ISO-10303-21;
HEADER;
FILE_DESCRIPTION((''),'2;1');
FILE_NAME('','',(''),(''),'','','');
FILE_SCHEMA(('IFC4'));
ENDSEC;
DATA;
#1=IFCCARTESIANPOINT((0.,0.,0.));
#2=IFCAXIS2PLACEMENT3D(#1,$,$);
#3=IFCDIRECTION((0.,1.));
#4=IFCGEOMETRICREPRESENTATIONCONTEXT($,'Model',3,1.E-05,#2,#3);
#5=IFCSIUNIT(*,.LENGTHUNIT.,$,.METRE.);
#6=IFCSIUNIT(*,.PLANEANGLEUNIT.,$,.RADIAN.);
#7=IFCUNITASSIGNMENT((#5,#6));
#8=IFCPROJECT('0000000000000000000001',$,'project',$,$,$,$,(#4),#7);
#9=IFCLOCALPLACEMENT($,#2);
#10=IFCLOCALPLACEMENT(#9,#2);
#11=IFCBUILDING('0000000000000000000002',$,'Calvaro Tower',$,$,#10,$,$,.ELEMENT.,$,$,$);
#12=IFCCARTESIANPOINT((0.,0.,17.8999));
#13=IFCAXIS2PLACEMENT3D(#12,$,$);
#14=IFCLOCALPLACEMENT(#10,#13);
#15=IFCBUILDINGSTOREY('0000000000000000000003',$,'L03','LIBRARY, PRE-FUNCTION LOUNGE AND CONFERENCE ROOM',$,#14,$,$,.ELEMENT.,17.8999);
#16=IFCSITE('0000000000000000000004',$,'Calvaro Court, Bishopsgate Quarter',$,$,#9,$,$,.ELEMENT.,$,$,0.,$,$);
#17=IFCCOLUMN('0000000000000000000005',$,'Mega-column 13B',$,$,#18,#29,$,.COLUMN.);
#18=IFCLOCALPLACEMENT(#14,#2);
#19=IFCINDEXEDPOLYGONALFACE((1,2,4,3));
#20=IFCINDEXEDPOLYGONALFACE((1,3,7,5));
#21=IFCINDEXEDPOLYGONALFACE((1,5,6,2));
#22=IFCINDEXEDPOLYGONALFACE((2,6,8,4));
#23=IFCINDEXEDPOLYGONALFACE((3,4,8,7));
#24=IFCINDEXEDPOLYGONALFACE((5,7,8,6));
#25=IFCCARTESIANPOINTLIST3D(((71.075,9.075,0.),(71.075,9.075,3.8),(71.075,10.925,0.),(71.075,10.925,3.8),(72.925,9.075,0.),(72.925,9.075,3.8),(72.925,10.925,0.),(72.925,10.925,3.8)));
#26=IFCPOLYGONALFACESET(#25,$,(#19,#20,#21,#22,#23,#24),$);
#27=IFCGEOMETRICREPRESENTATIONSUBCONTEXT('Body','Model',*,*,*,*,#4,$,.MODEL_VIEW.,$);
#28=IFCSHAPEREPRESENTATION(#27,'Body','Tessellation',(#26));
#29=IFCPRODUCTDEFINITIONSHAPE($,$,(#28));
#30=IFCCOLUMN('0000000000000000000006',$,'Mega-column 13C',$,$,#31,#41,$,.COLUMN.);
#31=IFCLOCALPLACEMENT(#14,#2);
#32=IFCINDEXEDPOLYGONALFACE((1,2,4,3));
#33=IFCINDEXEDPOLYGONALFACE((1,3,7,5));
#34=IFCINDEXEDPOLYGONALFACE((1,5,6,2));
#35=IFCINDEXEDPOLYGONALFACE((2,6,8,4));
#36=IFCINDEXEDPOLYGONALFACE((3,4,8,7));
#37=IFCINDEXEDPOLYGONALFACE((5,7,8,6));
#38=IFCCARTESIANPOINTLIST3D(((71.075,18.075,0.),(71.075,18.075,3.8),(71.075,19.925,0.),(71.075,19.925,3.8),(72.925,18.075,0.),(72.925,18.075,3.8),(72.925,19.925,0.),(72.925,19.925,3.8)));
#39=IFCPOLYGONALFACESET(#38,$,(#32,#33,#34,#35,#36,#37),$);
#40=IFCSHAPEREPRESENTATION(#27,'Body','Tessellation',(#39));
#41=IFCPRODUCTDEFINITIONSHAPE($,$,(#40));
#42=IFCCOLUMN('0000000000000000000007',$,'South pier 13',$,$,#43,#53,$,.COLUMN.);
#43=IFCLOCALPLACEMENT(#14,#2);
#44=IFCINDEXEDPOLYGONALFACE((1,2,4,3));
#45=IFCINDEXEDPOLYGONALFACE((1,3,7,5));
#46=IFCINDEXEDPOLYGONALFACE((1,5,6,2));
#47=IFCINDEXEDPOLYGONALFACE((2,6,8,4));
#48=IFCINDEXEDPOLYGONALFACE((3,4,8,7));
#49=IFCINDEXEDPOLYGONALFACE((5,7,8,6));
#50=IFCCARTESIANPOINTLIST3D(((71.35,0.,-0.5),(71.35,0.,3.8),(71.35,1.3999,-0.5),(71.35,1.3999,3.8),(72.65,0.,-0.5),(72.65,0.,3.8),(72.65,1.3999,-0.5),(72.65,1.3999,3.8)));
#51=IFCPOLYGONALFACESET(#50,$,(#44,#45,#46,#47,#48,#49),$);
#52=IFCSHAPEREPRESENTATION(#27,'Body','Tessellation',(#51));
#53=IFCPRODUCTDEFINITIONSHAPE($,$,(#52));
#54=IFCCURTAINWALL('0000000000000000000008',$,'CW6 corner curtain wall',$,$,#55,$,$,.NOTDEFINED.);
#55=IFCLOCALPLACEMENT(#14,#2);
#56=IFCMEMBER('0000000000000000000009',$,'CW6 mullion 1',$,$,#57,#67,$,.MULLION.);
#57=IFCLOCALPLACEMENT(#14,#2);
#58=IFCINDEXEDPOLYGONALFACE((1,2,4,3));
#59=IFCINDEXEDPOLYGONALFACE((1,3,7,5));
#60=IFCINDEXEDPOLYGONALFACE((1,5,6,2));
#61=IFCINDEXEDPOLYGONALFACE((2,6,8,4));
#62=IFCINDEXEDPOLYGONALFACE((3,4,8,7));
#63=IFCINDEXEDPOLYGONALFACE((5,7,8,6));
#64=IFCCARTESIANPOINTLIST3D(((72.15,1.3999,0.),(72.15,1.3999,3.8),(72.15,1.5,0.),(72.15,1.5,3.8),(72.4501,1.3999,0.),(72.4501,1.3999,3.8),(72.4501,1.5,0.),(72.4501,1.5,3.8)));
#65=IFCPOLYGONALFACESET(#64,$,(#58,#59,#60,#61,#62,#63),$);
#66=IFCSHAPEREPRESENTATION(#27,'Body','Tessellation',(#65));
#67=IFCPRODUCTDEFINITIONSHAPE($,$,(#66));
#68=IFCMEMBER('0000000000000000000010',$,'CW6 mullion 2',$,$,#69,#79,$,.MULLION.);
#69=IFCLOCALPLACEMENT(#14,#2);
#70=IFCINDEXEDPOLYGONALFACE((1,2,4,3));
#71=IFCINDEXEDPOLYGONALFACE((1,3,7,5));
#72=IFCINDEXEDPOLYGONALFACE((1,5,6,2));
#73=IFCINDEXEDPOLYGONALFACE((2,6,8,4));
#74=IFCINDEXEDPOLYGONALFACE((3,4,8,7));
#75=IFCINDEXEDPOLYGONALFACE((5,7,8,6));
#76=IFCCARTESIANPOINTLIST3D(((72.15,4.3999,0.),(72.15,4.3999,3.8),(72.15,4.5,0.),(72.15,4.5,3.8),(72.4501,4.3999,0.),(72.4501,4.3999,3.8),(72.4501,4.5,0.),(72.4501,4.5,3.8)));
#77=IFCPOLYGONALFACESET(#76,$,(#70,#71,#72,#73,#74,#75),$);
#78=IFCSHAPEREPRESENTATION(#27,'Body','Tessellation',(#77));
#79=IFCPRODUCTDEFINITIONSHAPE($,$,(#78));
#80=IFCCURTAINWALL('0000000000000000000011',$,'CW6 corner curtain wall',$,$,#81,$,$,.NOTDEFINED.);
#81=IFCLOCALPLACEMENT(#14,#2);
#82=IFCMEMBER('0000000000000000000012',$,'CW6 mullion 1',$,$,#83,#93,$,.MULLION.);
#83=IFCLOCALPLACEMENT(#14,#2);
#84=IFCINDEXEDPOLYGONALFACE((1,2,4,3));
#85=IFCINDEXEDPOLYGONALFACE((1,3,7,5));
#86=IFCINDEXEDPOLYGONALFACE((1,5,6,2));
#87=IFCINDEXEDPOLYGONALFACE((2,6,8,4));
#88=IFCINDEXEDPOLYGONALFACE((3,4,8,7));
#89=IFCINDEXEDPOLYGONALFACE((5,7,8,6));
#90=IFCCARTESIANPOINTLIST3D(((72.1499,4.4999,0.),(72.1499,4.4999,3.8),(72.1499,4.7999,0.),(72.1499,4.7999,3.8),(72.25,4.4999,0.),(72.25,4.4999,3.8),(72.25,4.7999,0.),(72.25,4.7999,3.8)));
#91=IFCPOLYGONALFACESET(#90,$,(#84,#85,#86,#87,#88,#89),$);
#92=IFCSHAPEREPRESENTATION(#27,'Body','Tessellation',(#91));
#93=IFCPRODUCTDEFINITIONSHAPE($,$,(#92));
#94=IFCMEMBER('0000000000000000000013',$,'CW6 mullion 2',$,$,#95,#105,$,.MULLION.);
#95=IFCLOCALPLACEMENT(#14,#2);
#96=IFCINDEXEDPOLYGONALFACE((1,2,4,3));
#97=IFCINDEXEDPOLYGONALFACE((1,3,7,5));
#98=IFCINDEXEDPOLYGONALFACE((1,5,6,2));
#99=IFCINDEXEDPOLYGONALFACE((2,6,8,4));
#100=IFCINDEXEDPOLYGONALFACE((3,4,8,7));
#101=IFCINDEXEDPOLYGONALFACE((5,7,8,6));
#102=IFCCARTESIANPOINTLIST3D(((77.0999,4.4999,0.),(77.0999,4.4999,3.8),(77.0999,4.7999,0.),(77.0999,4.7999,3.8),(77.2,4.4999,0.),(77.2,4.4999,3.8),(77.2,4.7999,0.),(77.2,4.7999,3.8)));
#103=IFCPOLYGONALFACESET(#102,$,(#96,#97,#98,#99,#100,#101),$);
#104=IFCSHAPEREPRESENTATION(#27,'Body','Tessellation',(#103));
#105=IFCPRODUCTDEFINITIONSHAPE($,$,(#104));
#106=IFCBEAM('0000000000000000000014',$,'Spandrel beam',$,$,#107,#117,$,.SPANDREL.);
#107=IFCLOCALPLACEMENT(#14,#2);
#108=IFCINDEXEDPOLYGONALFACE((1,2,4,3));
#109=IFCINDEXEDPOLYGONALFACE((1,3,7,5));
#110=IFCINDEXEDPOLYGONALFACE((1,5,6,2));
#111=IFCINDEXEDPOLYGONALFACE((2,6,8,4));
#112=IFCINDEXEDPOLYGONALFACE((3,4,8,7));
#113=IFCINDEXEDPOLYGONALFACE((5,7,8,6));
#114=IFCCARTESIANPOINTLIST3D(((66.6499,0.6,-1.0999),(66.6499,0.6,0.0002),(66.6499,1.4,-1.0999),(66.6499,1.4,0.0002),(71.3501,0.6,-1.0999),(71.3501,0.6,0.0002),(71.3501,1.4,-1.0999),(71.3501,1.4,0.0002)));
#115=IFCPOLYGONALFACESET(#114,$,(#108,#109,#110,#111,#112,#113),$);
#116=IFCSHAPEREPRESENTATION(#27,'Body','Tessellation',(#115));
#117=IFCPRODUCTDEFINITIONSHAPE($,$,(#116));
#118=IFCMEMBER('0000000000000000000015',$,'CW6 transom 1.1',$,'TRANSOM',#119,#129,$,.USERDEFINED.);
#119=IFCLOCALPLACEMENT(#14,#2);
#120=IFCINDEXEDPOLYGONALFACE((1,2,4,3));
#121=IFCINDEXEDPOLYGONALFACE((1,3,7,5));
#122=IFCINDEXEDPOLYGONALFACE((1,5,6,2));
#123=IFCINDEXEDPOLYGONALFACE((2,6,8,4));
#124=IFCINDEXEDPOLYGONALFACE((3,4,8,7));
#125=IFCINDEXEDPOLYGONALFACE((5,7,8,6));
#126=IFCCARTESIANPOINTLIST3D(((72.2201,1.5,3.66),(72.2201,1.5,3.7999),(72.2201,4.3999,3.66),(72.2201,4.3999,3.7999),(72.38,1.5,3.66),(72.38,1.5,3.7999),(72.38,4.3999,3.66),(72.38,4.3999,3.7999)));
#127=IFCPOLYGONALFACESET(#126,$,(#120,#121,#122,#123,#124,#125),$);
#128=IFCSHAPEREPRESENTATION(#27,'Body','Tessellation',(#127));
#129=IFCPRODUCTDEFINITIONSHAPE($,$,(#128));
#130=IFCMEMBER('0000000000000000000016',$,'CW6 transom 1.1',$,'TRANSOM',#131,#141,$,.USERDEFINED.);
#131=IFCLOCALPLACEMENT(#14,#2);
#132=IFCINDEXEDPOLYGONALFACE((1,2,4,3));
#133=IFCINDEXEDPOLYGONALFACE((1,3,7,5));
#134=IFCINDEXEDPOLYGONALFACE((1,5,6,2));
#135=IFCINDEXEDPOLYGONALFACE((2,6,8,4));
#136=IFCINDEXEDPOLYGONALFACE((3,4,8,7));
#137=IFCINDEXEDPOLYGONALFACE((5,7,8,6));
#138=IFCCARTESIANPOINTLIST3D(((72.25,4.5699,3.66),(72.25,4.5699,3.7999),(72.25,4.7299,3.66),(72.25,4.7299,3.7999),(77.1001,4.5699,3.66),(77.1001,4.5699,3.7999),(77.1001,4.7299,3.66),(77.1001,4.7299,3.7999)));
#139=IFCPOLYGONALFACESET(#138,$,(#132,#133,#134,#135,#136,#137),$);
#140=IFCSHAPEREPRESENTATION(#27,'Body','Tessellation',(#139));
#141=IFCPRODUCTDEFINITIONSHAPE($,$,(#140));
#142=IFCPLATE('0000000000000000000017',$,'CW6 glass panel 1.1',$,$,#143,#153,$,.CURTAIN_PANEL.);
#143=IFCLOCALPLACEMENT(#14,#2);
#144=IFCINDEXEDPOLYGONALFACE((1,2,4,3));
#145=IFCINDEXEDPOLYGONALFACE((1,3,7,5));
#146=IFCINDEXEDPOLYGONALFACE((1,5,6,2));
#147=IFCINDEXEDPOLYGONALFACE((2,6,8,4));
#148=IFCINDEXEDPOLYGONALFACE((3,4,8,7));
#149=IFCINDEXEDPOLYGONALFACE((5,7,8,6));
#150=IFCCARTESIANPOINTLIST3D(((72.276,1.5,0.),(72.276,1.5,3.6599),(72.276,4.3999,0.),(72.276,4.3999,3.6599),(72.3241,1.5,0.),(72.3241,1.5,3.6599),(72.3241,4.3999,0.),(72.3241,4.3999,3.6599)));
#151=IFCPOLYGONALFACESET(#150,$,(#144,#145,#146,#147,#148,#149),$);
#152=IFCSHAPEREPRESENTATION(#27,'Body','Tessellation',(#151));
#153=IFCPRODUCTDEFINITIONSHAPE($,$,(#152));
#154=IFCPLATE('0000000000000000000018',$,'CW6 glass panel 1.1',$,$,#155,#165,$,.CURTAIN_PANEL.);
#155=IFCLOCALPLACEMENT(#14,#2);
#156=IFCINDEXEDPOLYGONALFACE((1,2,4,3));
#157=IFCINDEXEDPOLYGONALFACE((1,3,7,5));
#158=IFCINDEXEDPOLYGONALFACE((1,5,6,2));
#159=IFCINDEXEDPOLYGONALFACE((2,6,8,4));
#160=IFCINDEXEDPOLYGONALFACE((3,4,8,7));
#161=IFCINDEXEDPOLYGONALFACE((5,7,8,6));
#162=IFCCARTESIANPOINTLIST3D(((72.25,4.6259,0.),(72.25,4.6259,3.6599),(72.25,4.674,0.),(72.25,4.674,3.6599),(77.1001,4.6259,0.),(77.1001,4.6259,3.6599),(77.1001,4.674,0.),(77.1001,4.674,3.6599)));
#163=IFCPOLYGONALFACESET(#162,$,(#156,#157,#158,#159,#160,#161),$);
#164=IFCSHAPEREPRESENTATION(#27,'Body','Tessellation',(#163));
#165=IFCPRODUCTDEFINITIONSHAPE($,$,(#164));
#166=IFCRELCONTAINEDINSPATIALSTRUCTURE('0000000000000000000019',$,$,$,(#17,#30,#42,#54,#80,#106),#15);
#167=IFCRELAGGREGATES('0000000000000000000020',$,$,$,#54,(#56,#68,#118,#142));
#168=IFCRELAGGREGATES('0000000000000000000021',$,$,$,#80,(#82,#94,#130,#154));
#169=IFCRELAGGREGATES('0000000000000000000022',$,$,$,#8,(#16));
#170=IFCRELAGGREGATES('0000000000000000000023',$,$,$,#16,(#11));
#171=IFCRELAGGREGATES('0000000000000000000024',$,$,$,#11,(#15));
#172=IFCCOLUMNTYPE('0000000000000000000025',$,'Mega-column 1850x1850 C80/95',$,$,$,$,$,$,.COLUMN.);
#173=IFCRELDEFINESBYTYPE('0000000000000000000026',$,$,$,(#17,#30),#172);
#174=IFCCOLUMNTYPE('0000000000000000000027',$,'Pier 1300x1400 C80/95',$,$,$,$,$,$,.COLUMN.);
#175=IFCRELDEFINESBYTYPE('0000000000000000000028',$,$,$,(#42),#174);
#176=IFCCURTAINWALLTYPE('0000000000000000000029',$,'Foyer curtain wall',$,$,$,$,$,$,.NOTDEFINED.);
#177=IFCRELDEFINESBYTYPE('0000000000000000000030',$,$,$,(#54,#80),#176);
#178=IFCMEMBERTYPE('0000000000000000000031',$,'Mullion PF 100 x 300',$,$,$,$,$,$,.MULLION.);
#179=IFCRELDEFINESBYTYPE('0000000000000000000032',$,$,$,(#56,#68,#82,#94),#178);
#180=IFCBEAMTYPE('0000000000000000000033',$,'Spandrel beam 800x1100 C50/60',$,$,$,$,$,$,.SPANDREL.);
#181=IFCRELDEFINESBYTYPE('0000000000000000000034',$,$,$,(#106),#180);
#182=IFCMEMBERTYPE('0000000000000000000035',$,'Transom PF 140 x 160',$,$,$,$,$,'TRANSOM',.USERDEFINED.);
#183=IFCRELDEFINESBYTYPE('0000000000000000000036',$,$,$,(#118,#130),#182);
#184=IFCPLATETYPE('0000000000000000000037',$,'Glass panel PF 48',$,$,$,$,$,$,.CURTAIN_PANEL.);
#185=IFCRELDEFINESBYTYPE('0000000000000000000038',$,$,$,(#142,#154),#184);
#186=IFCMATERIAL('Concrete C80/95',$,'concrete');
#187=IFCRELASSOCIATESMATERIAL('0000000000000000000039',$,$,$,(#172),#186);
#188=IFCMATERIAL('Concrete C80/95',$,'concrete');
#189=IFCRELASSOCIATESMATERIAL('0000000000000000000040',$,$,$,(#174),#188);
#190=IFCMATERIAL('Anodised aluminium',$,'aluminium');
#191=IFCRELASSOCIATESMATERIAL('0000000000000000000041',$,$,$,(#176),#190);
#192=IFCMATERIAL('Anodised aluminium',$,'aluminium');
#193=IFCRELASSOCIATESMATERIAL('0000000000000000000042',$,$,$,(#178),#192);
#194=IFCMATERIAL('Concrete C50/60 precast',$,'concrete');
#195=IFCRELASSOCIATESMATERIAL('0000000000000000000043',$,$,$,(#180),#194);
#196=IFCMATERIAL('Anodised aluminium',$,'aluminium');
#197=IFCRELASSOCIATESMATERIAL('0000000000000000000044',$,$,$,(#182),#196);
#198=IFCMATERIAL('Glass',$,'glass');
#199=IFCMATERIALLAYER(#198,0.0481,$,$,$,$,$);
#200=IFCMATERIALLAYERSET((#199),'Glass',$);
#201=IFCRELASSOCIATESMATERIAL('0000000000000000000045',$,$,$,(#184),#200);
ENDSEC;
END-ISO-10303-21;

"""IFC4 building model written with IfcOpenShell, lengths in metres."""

from ifc_helpers import new_model, si_unit, direction, frame, origin, origin_2d, place, context, subcontext, project, spatial, rectangle, extrude, material, layer, layer_set, material_profile, profile_set, type_object, element, aggregate, save


model = new_model("IFC4")

# Units and contexts
model_context = context("Model", 3, precision=1e-05, world=origin(), true_north=direction((0.0, 1.0)))
body_context = subcontext(model_context, "Body", "Model", "MODEL_VIEW")
ifc_project = project(units=[si_unit("LENGTHUNIT", "METRE"), si_unit("PLANEANGLEUNIT", "RADIAN")], contexts=[model_context])

# Site, building, storey
site_placement = place(None, origin())
site = spatial("IfcSite", under=ifc_project, at=site_placement, Name="Calvaro Court, Bishopsgate Quarter", CompositionType="ELEMENT", RefElevation=0.0)
building_placement = place(site_placement, origin())
building = spatial("IfcBuilding", under=site, at=building_placement, Name="Calvaro Tower", CompositionType="ELEMENT")
storey_placement = place(building_placement, frame((0.0, 0.0, 17.8999)))
storey = spatial("IfcBuildingStorey", under=building, at=storey_placement, Name="L03", Description="LIBRARY, PRE-FUNCTION LOUNGE AND CONFERENCE ROOM", CompositionType="ELEMENT", Elevation=17.8999)

# Columns
ifc_material_1 = material(Name="Concrete C80/95", Category="concrete")
ifc_material_profile_1 = material_profile(ifc_material_1, rectangle(XDim=1.8501, YDim=1.8501, at=origin_2d()), Name="RC 1850x1850")
ifc_profile_set_1 = profile_set([ifc_material_profile_1], Name="Concrete C80/95")
column_type_1 = type_object("IfcColumnType", Name="Mega-column 1850x1850 C80/95", PredefinedType="COLUMN", material=ifc_profile_set_1)
for number, where, z_axis, x_axis, name in (
    (1, (72.0, 10.0, 0.0), (0.0, 0.0, 1.0), (1.0, 0.0, 0.0), "Mega-column 13B"),
    (2, (72.0, 19.0, 0.0), (0.0, 0.0, 1.0), (1.0, 0.0, 0.0), "Mega-column 13C"),
):
    element("IfcColumn", number, at=place(storey_placement, frame(where, z_axis=z_axis, x_axis=x_axis)), inside=storey, type_object=column_type_1, Name=name, PredefinedType="COLUMN", context=body_context, shape_type="SweptSolid", body=[
        extrude(rectangle(XDim=1.8501, YDim=1.8501, at=origin_2d()), origin(), (0.0, 0.0, 1.0), 3.8),
    ])
ifc_material_2 = material(Name="Concrete C80/95", Category="concrete")
ifc_material_profile_2 = material_profile(ifc_material_2, rectangle(XDim=1.3, YDim=1.3999, at=origin_2d()), Name="RC 1300x1400")
ifc_profile_set_2 = profile_set([ifc_material_profile_2], Name="Concrete C80/95")
column_type_2 = type_object("IfcColumnType", Name="Pier 1300x1400 C80/95", PredefinedType="COLUMN", material=ifc_profile_set_2)
column_placement = place(storey_placement, frame((72.0, 0.7, -0.5), z_axis=(0.0, 0.0, 1.0), x_axis=(1.0, 0.0, 0.0)))
element("IfcColumn", 3, at=column_placement, inside=storey, type_object=column_type_2, Name="South pier 13", PredefinedType="COLUMN", context=body_context, shape_type="SweptSolid", body=[
    extrude(rectangle(XDim=1.3, YDim=1.3999, at=origin_2d()), origin(), (0.0, 0.0, 1.0), 4.3),
])

# Curtain walls, members
ifc_material_3 = material(Name="Anodised aluminium", Category="aluminium")
curtain_wall_type = type_object("IfcCurtainWallType", Name="Foyer curtain wall", PredefinedType="NOTDEFINED", material=ifc_material_3)
curtain_wall_1_placement = place(storey_placement, origin())
curtain_wall_1 = element("IfcCurtainWall", 4, at=curtain_wall_1_placement, inside=storey, type_object=curtain_wall_type, Name="CW6 corner curtain wall", PredefinedType="NOTDEFINED")
ifc_material_4 = material(Name="Anodised aluminium", Category="aluminium")
ifc_material_profile_3 = material_profile(ifc_material_4, rectangle(XDim=0.3, YDim=0.1001, at=origin_2d()), Name="Mullion PF 100 x 300")
ifc_profile_set_3 = profile_set([ifc_material_profile_3], Name="Anodised aluminium")
member_type_1 = type_object("IfcMemberType", Name="Mullion PF 100 x 300", PredefinedType="MULLION", material=ifc_profile_set_3)
member_1_placement = place(storey_placement, frame((72.3, 1.45, 0.0), z_axis=(0.0, 0.0, 1.0), x_axis=(-1.0, 0.0, 0.0)))
member_1 = element("IfcMember", 5, at=member_1_placement, type_object=member_type_1, Name="CW6 mullion 1", PredefinedType="MULLION", context=body_context, shape_type="SweptSolid", body=[
    extrude(rectangle(XDim=0.3, YDim=0.1001, at=origin_2d()), origin(), (0.0, 0.0, 1.0), 3.8),
])
member_2_placement = place(storey_placement, frame((72.3, 4.45, 0.0), z_axis=(0.0, 0.0, 1.0), x_axis=(-1.0, 0.0, 0.0)))
member_2 = element("IfcMember", 6, at=member_2_placement, type_object=member_type_1, Name="CW6 mullion 2", PredefinedType="MULLION", context=body_context, shape_type="SweptSolid", body=[
    extrude(rectangle(XDim=0.3, YDim=0.1001, at=origin_2d()), origin(), (0.0, 0.0, 1.0), 3.8),
])
curtain_wall_2_placement = place(storey_placement, origin())
curtain_wall_2 = element("IfcCurtainWall", 7, at=curtain_wall_2_placement, inside=storey, type_object=curtain_wall_type, Name="CW6 corner curtain wall", PredefinedType="NOTDEFINED")
member_3_placement = place(storey_placement, frame((72.2, 4.6499, 0.0), z_axis=(0.0, 0.0, 1.0), x_axis=(0.0, 1.0, 0.0)))
member_3 = element("IfcMember", 8, at=member_3_placement, type_object=member_type_1, Name="CW6 mullion 1", PredefinedType="MULLION", context=body_context, shape_type="SweptSolid", body=[
    extrude(rectangle(XDim=0.3, YDim=0.1001, at=origin_2d()), origin(), (0.0, 0.0, 1.0), 3.8),
])
member_4_placement = place(storey_placement, frame((77.1499, 4.6499, 0.0), z_axis=(0.0, 0.0, 1.0), x_axis=(0.0, 1.0, 0.0)))
member_4 = element("IfcMember", 9, at=member_4_placement, type_object=member_type_1, Name="CW6 mullion 2", PredefinedType="MULLION", context=body_context, shape_type="SweptSolid", body=[
    extrude(rectangle(XDim=0.3, YDim=0.1001, at=origin_2d()), origin(), (0.0, 0.0, 1.0), 3.8),
])

# Beam
ifc_material_5 = material(Name="Concrete C50/60 precast", Category="concrete")
ifc_material_profile_4 = material_profile(ifc_material_5, rectangle(XDim=0.8, YDim=1.1001, at=origin_2d()), Name="RC 800x1100")
ifc_profile_set_4 = profile_set([ifc_material_profile_4], Name="Concrete C50/60 precast")
beam_type = type_object("IfcBeamType", Name="Spandrel beam 800x1100 C50/60", PredefinedType="SPANDREL", material=ifc_profile_set_4)
beam_placement = place(storey_placement, frame((66.6499, 1.0, -0.5498), z_axis=(1.0, 0.0, 0.0), x_axis=(0.0, 1.0, 0.0)))
element("IfcBeam", 10, at=beam_placement, inside=storey, type_object=beam_type, Name="Spandrel beam", PredefinedType="SPANDREL", context=body_context, shape_type="SweptSolid", body=[
    extrude(rectangle(XDim=0.8, YDim=1.1001, at=origin_2d()), origin(), (0.0, 0.0, 1.0), 4.7002),
])

# Members
ifc_material_6 = material(Name="Anodised aluminium", Category="aluminium")
ifc_material_profile_5 = material_profile(ifc_material_6, rectangle(XDim=0.1599, YDim=0.1399, at=origin_2d()), Name="Transom PF 140 x 160")
ifc_profile_set_5 = profile_set([ifc_material_profile_5], Name="Anodised aluminium")
member_type_2 = type_object("IfcMemberType", Name="Transom PF 140 x 160", ElementType="TRANSOM", PredefinedType="USERDEFINED", material=ifc_profile_set_5)
member_5_placement = place(storey_placement, frame((72.3, 1.5, 3.73), z_axis=(0.0, 1.0, 0.0), x_axis=(-1.0, 0.0, 0.0)))
member_5 = element("IfcMember", 11, at=member_5_placement, type_object=member_type_2, Name="CW6 transom 1.1", ObjectType="TRANSOM", PredefinedType="USERDEFINED", context=body_context, shape_type="SweptSolid", body=[
    extrude(rectangle(XDim=0.1599, YDim=0.1399, at=origin_2d()), origin(), (0.0, 0.0, 1.0), 2.8999),
])
member_6_placement = place(storey_placement, frame((72.25, 4.6499, 3.73), z_axis=(1.0, 0.0, 0.0), x_axis=(0.0, 1.0, 0.0)))
member_6 = element("IfcMember", 12, at=member_6_placement, type_object=member_type_2, Name="CW6 transom 1.1", ObjectType="TRANSOM", PredefinedType="USERDEFINED", context=body_context, shape_type="SweptSolid", body=[
    extrude(rectangle(XDim=0.1599, YDim=0.1399, at=origin_2d()), origin(), (0.0, 0.0, 1.0), 4.8501),
])

# Plates
ifc_material_7 = material(Name="Glass", Category="glass")
ifc_layer_1 = layer(ifc_material_7, 0.0481)
ifc_layer_set_1 = layer_set([ifc_layer_1], Name="Glass")
plate_type = type_object("IfcPlateType", Name="Glass panel PF 48", PredefinedType="CURTAIN_PANEL", material=ifc_layer_set_1)
plate_1_placement = place(storey_placement, frame((72.3, 2.95, 0.0), z_axis=(0.0, 0.0, 1.0), x_axis=(0.0, 1.0, 0.0)))
plate_1 = element("IfcPlate", 13, at=plate_1_placement, type_object=plate_type, Name="CW6 glass panel 1.1", PredefinedType="CURTAIN_PANEL", context=body_context, shape_type="SweptSolid", body=[
    extrude(rectangle(XDim=2.8999, YDim=0.0481, at=origin_2d()), origin(), (0.0, 0.0, 1.0), 3.6599),
])
aggregate(curtain_wall_1, [member_1, member_2, member_5, plate_1])
plate_2_placement = place(storey_placement, frame((74.675, 4.6499, 0.0), z_axis=(0.0, 0.0, 1.0), x_axis=(1.0, 0.0, 0.0)))
plate_2 = element("IfcPlate", 14, at=plate_2_placement, type_object=plate_type, Name="CW6 glass panel 1.1", PredefinedType="CURTAIN_PANEL", context=body_context, shape_type="SweptSolid", body=[
    extrude(rectangle(XDim=4.8501, YDim=0.0481, at=origin_2d()), origin(), (0.0, 0.0, 1.0), 3.6599),
])
aggregate(curtain_wall_2, [member_3, member_4, member_6, plate_2])

save(model, "model.ifc")
